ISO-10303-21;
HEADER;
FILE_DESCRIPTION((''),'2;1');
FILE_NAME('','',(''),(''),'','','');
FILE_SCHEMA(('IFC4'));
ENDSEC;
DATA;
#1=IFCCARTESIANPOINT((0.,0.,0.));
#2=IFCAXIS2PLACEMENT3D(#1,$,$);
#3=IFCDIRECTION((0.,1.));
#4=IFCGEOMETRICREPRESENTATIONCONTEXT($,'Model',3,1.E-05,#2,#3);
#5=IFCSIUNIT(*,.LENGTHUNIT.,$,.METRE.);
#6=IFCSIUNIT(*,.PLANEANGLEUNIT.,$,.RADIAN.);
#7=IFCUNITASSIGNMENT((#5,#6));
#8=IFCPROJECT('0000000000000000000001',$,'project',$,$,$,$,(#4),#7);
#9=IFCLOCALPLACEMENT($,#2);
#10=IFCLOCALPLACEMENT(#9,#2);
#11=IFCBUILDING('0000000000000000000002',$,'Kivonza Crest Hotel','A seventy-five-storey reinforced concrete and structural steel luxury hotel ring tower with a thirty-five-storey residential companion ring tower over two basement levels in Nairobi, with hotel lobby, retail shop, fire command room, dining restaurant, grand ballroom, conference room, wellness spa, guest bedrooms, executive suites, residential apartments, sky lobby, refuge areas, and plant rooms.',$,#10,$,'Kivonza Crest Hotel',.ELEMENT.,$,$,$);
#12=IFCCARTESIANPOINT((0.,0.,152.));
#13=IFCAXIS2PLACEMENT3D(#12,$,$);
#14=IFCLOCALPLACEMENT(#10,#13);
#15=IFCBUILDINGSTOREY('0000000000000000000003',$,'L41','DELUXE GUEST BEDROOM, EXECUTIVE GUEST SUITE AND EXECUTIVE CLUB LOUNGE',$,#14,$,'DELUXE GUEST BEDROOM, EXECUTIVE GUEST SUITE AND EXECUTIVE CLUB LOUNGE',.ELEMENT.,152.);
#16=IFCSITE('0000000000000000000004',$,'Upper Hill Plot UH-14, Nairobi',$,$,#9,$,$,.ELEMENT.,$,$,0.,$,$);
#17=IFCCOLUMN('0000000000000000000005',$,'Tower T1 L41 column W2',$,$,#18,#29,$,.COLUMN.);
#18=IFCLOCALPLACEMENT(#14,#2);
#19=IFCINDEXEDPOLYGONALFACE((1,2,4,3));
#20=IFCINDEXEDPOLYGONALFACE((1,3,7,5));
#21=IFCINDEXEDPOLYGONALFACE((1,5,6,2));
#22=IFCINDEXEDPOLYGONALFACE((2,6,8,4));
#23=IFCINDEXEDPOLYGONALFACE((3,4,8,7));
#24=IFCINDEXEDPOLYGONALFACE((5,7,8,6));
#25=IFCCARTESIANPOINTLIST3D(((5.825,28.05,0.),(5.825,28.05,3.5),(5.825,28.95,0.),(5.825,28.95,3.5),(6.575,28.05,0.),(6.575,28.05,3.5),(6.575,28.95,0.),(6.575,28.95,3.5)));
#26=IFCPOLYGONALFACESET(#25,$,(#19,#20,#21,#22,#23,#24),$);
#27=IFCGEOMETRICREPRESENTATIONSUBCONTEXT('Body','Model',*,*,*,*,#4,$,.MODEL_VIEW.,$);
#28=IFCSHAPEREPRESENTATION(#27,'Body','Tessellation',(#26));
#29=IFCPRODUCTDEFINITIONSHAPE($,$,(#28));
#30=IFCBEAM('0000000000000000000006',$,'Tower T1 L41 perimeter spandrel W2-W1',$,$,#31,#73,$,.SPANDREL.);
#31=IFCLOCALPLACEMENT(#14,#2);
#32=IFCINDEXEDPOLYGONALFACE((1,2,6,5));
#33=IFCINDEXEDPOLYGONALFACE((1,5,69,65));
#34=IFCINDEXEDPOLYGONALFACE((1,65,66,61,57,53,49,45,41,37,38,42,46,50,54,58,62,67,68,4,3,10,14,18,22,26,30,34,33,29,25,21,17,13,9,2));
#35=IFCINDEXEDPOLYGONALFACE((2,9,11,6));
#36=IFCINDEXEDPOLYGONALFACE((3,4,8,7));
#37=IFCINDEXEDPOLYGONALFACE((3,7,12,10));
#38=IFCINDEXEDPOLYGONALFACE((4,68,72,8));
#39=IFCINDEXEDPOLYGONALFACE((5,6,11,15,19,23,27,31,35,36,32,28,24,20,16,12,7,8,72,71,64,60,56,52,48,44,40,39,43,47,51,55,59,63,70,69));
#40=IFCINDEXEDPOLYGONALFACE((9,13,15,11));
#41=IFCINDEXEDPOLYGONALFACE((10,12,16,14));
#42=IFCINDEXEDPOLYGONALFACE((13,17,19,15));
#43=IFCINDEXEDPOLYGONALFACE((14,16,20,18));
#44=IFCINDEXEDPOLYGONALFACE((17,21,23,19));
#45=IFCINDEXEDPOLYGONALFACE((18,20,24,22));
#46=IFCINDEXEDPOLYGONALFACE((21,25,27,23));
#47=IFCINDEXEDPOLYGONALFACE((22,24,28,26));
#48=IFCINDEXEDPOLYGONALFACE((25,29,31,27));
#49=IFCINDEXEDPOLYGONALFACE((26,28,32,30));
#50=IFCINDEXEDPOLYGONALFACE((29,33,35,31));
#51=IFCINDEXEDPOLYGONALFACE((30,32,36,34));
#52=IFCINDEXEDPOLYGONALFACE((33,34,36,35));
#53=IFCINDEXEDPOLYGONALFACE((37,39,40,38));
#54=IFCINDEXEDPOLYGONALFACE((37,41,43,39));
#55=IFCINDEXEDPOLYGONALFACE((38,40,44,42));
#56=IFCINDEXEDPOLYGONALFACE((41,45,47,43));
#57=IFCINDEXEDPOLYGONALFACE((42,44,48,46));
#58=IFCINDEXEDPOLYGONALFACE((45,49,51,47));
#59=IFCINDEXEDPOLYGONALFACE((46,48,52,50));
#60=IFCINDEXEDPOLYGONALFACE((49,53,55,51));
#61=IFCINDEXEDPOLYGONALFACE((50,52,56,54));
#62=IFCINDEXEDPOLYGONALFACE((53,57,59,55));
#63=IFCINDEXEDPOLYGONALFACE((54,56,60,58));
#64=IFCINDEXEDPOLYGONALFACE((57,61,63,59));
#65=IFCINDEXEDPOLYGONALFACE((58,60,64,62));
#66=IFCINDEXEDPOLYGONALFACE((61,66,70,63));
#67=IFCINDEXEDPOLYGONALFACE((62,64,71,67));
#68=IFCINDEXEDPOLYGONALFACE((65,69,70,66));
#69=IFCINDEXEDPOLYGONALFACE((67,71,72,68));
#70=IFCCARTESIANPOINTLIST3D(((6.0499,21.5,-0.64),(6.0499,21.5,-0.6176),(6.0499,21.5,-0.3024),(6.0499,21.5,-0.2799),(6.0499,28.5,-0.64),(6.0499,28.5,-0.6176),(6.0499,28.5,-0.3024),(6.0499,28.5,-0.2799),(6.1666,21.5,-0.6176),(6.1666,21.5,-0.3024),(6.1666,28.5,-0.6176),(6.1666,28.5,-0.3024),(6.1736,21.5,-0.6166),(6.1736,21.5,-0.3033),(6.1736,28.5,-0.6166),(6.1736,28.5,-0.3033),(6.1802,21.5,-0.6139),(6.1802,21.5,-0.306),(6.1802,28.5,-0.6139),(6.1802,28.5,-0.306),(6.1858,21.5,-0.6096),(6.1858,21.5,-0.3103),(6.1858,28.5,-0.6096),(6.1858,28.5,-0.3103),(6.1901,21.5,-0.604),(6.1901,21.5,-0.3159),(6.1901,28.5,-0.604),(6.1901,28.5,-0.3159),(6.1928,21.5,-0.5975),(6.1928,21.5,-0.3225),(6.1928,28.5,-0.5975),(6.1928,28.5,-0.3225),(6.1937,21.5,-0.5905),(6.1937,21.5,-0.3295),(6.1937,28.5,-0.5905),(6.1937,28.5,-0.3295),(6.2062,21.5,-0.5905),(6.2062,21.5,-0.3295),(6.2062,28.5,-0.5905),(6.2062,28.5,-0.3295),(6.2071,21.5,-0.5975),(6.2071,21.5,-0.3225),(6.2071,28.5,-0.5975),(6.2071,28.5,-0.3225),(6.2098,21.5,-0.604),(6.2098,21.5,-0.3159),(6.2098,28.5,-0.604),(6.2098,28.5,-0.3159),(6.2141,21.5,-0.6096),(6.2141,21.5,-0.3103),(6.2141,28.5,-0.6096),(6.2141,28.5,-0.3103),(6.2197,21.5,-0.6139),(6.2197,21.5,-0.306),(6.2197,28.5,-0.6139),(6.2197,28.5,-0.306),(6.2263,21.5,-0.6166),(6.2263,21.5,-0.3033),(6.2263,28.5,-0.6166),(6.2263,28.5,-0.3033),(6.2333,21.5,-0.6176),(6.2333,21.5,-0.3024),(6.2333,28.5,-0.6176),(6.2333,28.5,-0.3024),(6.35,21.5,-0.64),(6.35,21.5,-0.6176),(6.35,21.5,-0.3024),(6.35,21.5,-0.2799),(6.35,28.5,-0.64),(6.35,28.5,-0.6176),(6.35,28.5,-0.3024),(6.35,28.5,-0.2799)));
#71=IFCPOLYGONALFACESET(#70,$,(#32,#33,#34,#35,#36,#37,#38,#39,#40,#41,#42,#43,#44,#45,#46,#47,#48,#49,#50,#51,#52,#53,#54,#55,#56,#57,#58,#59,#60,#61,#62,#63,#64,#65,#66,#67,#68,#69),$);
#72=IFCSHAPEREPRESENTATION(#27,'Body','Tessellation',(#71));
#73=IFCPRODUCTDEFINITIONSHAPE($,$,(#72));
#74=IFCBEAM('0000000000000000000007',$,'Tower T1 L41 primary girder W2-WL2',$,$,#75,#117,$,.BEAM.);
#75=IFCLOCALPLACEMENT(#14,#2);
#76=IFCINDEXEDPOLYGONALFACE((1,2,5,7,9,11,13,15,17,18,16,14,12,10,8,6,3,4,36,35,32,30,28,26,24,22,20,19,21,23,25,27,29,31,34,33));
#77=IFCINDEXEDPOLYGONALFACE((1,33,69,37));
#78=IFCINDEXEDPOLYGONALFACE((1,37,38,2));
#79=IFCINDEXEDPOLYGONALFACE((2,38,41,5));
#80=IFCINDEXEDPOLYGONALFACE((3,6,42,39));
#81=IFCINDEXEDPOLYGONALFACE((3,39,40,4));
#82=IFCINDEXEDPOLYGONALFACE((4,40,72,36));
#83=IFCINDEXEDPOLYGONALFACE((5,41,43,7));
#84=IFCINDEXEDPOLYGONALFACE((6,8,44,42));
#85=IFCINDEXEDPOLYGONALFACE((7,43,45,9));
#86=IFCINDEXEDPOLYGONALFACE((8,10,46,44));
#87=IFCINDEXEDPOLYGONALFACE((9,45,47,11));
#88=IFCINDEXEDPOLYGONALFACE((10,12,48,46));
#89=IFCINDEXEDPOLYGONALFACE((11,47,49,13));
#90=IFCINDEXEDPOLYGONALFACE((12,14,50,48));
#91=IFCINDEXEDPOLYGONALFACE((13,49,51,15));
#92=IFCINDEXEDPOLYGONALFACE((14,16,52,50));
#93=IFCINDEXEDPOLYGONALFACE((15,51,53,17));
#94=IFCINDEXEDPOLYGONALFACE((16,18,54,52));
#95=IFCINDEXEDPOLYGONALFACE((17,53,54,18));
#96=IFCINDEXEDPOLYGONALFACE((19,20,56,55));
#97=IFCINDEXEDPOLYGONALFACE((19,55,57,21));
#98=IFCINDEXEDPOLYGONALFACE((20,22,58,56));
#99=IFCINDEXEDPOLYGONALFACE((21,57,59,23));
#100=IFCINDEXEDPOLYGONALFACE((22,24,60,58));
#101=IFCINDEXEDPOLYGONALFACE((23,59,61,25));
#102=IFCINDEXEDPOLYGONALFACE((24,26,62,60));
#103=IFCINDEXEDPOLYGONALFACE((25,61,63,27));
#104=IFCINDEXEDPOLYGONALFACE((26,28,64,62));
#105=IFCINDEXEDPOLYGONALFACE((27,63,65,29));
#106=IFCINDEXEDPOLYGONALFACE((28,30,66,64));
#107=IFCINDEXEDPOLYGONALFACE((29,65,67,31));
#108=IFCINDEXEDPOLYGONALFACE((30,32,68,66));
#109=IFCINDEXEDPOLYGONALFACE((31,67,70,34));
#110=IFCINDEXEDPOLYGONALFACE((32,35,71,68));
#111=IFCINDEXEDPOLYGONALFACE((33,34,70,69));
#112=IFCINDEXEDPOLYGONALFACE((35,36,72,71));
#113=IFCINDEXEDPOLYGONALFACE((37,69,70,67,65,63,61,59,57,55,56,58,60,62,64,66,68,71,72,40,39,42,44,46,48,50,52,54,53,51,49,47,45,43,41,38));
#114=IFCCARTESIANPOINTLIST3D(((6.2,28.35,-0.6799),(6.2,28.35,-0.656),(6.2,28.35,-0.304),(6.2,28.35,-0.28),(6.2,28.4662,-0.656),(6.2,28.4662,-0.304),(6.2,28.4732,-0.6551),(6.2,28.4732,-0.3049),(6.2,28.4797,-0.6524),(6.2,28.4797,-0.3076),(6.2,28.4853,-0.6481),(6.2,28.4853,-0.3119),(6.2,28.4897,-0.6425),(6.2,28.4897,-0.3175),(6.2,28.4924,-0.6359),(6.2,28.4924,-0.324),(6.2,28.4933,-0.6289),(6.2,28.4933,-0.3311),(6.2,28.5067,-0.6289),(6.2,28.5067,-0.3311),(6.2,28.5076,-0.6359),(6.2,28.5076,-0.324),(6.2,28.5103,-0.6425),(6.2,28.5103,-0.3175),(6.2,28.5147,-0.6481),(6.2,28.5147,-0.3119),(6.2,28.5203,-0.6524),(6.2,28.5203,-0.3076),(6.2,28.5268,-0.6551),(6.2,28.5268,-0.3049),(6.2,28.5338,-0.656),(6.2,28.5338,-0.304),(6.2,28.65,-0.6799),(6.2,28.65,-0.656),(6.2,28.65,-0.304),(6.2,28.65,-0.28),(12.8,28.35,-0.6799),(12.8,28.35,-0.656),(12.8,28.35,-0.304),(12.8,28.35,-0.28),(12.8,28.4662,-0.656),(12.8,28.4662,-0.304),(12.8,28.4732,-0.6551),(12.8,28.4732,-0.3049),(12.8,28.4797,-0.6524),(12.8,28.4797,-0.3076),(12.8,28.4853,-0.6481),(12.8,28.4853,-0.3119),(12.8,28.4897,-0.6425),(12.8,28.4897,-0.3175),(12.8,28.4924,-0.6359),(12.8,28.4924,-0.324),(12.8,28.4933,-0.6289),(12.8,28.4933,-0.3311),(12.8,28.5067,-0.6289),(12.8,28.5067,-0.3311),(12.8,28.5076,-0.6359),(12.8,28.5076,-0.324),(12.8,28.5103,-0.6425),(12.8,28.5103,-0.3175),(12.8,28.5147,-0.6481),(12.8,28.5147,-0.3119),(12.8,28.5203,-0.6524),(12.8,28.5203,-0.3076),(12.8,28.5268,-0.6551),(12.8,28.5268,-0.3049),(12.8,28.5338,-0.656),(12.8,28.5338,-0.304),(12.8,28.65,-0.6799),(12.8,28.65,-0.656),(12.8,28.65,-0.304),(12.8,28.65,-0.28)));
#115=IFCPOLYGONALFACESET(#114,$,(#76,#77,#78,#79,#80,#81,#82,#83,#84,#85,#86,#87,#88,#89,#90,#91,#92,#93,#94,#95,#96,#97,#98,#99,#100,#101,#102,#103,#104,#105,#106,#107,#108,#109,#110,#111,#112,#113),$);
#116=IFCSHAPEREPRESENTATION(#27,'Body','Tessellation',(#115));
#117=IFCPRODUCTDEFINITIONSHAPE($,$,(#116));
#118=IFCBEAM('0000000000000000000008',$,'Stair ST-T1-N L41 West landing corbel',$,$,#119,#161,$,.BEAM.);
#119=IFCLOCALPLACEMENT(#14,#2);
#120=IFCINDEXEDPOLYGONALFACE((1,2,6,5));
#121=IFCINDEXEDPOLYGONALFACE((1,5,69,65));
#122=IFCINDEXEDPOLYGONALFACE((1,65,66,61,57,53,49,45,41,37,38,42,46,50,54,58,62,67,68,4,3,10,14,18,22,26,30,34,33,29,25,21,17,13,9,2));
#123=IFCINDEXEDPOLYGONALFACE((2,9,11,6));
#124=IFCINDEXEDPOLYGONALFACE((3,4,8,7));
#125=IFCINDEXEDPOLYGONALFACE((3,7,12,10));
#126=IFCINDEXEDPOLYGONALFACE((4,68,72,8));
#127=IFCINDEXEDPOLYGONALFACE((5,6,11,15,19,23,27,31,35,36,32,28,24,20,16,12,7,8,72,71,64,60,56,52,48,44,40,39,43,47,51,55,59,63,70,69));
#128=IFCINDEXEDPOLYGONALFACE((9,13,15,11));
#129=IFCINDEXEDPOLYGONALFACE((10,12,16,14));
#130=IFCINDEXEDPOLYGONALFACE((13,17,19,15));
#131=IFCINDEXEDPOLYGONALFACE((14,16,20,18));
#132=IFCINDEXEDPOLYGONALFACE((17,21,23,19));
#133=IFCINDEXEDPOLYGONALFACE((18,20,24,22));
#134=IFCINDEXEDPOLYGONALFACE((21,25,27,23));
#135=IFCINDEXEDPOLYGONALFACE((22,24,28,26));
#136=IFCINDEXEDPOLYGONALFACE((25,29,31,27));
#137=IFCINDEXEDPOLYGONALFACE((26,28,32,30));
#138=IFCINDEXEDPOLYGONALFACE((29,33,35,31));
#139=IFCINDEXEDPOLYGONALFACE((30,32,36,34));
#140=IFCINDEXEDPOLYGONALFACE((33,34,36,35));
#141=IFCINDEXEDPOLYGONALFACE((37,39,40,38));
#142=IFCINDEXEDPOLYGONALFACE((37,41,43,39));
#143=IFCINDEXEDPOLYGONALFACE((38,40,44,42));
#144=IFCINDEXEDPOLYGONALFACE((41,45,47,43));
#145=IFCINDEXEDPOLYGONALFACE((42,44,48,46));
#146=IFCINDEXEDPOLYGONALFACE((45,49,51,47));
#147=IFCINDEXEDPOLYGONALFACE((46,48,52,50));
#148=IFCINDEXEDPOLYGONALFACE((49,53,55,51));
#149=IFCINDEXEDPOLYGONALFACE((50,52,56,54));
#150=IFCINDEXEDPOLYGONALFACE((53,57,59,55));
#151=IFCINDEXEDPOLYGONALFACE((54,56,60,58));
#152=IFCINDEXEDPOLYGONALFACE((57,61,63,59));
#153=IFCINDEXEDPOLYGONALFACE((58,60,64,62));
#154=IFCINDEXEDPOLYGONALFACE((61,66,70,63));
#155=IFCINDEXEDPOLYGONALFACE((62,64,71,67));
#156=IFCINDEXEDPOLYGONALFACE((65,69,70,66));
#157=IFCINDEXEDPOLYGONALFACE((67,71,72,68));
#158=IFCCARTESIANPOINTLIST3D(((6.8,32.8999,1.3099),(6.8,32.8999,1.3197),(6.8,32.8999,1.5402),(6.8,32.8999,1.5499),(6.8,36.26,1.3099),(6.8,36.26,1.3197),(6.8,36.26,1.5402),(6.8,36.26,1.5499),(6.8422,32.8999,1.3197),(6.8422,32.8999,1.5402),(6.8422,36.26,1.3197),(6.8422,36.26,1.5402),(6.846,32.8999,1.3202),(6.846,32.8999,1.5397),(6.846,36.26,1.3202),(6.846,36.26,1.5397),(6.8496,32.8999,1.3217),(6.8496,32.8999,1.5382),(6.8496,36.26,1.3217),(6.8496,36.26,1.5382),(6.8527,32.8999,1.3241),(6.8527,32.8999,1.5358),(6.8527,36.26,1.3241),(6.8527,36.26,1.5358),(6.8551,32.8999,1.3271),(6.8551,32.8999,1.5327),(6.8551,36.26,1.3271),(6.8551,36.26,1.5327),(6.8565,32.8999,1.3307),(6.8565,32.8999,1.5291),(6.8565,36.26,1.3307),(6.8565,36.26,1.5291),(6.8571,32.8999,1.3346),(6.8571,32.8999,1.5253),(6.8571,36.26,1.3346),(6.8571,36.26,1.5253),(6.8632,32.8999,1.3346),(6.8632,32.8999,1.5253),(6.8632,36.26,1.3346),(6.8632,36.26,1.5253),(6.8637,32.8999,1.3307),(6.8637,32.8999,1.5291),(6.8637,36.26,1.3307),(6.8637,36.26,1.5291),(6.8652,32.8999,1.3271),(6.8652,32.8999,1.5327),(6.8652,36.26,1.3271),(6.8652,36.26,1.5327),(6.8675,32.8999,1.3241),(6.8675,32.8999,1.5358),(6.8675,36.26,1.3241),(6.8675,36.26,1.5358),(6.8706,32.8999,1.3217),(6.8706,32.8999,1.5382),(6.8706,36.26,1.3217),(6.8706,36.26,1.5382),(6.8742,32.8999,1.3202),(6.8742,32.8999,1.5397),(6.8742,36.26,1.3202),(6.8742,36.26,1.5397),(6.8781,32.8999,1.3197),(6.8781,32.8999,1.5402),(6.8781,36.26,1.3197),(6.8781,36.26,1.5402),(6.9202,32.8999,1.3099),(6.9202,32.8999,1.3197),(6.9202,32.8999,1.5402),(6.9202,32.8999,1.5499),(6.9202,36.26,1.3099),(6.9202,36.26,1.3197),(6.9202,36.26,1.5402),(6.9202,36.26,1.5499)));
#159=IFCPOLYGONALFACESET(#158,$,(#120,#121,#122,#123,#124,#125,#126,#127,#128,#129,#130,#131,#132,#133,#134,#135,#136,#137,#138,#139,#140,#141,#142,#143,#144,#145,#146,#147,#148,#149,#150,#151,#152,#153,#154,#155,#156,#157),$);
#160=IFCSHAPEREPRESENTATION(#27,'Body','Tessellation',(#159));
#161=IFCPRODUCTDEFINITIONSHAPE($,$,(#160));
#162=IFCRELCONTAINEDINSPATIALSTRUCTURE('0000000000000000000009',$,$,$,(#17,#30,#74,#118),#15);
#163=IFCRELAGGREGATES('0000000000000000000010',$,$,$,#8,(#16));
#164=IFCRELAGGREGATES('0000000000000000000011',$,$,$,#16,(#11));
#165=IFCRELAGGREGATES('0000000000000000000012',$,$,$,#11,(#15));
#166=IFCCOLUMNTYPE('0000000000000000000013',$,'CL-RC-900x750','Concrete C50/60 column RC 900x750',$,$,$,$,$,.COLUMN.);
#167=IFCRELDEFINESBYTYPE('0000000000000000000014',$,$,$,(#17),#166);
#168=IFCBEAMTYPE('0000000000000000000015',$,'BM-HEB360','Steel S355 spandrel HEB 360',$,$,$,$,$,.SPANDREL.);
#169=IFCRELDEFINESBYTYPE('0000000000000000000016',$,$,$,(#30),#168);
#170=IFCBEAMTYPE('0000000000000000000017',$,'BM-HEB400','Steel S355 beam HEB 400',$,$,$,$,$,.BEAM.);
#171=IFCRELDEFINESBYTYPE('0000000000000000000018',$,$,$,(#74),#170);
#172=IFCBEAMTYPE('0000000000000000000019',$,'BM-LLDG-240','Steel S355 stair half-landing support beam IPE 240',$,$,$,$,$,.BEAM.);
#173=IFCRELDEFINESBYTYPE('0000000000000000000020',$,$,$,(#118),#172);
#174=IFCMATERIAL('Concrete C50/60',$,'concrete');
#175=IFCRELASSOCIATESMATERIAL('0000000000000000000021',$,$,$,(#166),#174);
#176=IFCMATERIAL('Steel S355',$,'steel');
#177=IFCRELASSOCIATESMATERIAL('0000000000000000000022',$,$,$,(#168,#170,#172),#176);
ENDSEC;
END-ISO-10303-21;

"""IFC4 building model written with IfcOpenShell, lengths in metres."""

from ifc_helpers import new_model, si_unit, direction, frame, origin, origin_2d, place, context, subcontext, project, spatial, rectangle, i_section, extrude, material, material_profile, profile_set, type_object, element, save


model = new_model("IFC4")

# Units and contexts
model_context = context("Model", 3, precision=1e-05, world=origin(), true_north=direction((0.0, 1.0)))
body_context = subcontext(model_context, "Body", "Model", "MODEL_VIEW")
ifc_project = project(units=[si_unit("LENGTHUNIT", "METRE"), si_unit("PLANEANGLEUNIT", "RADIAN")], contexts=[model_context])

# Site, building, storey
site_placement = place(None, origin())
site = spatial("IfcSite", under=ifc_project, at=site_placement, Name="Upper Hill Plot UH-14, Nairobi", CompositionType="ELEMENT", RefElevation=0.0)
building_placement = place(site_placement, origin())
building = spatial("IfcBuilding", under=site, at=building_placement, Name="Kivonza Crest Hotel", Description="A seventy-five-storey reinforced concrete and structural steel luxury hotel ring tower with a thirty-five-storey residential companion ring tower over two basement levels in Nairobi, with hotel lobby, retail shop, fire command room, dining restaurant, grand ballroom, conference room, wellness spa, guest bedrooms, executive suites, residential apartments, sky lobby, refuge areas, and plant rooms.", LongName="Kivonza Crest Hotel", CompositionType="ELEMENT")
storey_placement = place(building_placement, frame((0.0, 0.0, 152.0)))
storey = spatial("IfcBuildingStorey", under=building, at=storey_placement, Name="L41", Description="DELUXE GUEST BEDROOM, EXECUTIVE GUEST SUITE AND EXECUTIVE CLUB LOUNGE", LongName="DELUXE GUEST BEDROOM, EXECUTIVE GUEST SUITE AND EXECUTIVE CLUB LOUNGE", CompositionType="ELEMENT", Elevation=152.0)

# Column
ifc_material_1 = material(Name="Concrete C50/60", Category="concrete")
ifc_material_profile_1 = material_profile(ifc_material_1, rectangle(XDim=0.75, YDim=0.8999, at=origin_2d()), Name="RC 900x750")
ifc_profile_set_1 = profile_set([ifc_material_profile_1], Name="Concrete C50/60")
column_type = type_object("IfcColumnType", Name="CL-RC-900x750", Description="Concrete C50/60 column RC 900x750", PredefinedType="COLUMN", material=ifc_profile_set_1)
column_placement = place(storey_placement, frame((6.2, 28.5, 0.0), z_axis=(0.0, 0.0, 1.0), x_axis=(1.0, 0.0, 0.0)))
element("IfcColumn", 1, at=column_placement, inside=storey, type_object=column_type, Name="Tower T1 L41 column W2", PredefinedType="COLUMN", context=body_context, shape_type="SweptSolid", body=[
    extrude(rectangle(XDim=0.75, YDim=0.8999, at=origin_2d()), origin(), (0.0, 0.0, 1.0), 3.5),
])

# Beams
ifc_material_2 = material(Name="Steel S355", Category="steel")
ifc_material_profile_2 = material_profile(ifc_material_2, i_section(OverallWidth=0.3, OverallDepth=0.3601, WebThickness=0.0125, FlangeThickness=0.0225, FilletRadius=0.0271, at=origin_2d()), Name="HEB 360")
ifc_profile_set_2 = profile_set([ifc_material_profile_2], Name="Steel S355")
beam_type_1 = type_object("IfcBeamType", Name="BM-HEB360", Description="Steel S355 spandrel HEB 360", PredefinedType="SPANDREL", material=ifc_profile_set_2)
beam_1_placement = place(storey_placement, frame((6.2, 28.5, -0.46), z_axis=(0.0, -1.0, 0.0), x_axis=(1.0, 0.0, 0.0)))
element("IfcBeam", 2, at=beam_1_placement, inside=storey, type_object=beam_type_1, Name="Tower T1 L41 perimeter spandrel W2-W1", PredefinedType="SPANDREL", context=body_context, shape_type="SweptSolid", body=[
    extrude(i_section(OverallWidth=0.3, OverallDepth=0.3601, WebThickness=0.0125, FlangeThickness=0.0225, FilletRadius=0.0271, at=origin_2d()), origin(), (0.0, 0.0, 1.0), 7.0),
])
ifc_material_profile_3 = material_profile(ifc_material_2, i_section(OverallWidth=0.3, OverallDepth=0.3999, WebThickness=0.0134, FlangeThickness=0.0239, FilletRadius=0.0271, at=origin_2d()), Name="HEB 400")
ifc_profile_set_3 = profile_set([ifc_material_profile_3], Name="Steel S355")
beam_type_2 = type_object("IfcBeamType", Name="BM-HEB400", Description="Steel S355 beam HEB 400", PredefinedType="BEAM", material=ifc_profile_set_3)
beam_2_placement = place(storey_placement, frame((6.2, 28.5, -0.48), z_axis=(1.0, 0.0, 0.0), x_axis=(0.0, 1.0, 0.0)))
element("IfcBeam", 3, at=beam_2_placement, inside=storey, type_object=beam_type_2, Name="Tower T1 L41 primary girder W2-WL2", PredefinedType="BEAM", context=body_context, shape_type="SweptSolid", body=[
    extrude(i_section(OverallWidth=0.3, OverallDepth=0.3999, WebThickness=0.0134, FlangeThickness=0.0239, FilletRadius=0.0271, at=origin_2d()), origin(), (0.0, 0.0, 1.0), 6.6001),
])
ifc_material_profile_4 = material_profile(ifc_material_2, i_section(OverallWidth=0.1201, OverallDepth=0.24, WebThickness=0.0061, FlangeThickness=0.0098, FilletRadius=0.0149, at=origin_2d()), Name="IPE 240")
ifc_profile_set_4 = profile_set([ifc_material_profile_4], Name="Steel S355")
beam_type_3 = type_object("IfcBeamType", Name="BM-LLDG-240", Description="Steel S355 stair half-landing support beam IPE 240", PredefinedType="BEAM", material=ifc_profile_set_4)
beam_3_placement = place(storey_placement, frame((6.8601, 32.8999, 1.4299), z_axis=(0.0, 1.0, 0.0), x_axis=(-1.0, 0.0, 0.0)))
element("IfcBeam", 4, at=beam_3_placement, inside=storey, type_object=beam_type_3, Name="Stair ST-T1-N L41 West landing corbel", PredefinedType="BEAM", context=body_context, shape_type="SweptSolid", body=[
    extrude(i_section(OverallWidth=0.1201, OverallDepth=0.24, WebThickness=0.0061, FlangeThickness=0.0098, FilletRadius=0.0149, at=origin_2d()), origin(), (0.0, 0.0, 1.0), 3.3601),
])

save(model, "model.ifc")
